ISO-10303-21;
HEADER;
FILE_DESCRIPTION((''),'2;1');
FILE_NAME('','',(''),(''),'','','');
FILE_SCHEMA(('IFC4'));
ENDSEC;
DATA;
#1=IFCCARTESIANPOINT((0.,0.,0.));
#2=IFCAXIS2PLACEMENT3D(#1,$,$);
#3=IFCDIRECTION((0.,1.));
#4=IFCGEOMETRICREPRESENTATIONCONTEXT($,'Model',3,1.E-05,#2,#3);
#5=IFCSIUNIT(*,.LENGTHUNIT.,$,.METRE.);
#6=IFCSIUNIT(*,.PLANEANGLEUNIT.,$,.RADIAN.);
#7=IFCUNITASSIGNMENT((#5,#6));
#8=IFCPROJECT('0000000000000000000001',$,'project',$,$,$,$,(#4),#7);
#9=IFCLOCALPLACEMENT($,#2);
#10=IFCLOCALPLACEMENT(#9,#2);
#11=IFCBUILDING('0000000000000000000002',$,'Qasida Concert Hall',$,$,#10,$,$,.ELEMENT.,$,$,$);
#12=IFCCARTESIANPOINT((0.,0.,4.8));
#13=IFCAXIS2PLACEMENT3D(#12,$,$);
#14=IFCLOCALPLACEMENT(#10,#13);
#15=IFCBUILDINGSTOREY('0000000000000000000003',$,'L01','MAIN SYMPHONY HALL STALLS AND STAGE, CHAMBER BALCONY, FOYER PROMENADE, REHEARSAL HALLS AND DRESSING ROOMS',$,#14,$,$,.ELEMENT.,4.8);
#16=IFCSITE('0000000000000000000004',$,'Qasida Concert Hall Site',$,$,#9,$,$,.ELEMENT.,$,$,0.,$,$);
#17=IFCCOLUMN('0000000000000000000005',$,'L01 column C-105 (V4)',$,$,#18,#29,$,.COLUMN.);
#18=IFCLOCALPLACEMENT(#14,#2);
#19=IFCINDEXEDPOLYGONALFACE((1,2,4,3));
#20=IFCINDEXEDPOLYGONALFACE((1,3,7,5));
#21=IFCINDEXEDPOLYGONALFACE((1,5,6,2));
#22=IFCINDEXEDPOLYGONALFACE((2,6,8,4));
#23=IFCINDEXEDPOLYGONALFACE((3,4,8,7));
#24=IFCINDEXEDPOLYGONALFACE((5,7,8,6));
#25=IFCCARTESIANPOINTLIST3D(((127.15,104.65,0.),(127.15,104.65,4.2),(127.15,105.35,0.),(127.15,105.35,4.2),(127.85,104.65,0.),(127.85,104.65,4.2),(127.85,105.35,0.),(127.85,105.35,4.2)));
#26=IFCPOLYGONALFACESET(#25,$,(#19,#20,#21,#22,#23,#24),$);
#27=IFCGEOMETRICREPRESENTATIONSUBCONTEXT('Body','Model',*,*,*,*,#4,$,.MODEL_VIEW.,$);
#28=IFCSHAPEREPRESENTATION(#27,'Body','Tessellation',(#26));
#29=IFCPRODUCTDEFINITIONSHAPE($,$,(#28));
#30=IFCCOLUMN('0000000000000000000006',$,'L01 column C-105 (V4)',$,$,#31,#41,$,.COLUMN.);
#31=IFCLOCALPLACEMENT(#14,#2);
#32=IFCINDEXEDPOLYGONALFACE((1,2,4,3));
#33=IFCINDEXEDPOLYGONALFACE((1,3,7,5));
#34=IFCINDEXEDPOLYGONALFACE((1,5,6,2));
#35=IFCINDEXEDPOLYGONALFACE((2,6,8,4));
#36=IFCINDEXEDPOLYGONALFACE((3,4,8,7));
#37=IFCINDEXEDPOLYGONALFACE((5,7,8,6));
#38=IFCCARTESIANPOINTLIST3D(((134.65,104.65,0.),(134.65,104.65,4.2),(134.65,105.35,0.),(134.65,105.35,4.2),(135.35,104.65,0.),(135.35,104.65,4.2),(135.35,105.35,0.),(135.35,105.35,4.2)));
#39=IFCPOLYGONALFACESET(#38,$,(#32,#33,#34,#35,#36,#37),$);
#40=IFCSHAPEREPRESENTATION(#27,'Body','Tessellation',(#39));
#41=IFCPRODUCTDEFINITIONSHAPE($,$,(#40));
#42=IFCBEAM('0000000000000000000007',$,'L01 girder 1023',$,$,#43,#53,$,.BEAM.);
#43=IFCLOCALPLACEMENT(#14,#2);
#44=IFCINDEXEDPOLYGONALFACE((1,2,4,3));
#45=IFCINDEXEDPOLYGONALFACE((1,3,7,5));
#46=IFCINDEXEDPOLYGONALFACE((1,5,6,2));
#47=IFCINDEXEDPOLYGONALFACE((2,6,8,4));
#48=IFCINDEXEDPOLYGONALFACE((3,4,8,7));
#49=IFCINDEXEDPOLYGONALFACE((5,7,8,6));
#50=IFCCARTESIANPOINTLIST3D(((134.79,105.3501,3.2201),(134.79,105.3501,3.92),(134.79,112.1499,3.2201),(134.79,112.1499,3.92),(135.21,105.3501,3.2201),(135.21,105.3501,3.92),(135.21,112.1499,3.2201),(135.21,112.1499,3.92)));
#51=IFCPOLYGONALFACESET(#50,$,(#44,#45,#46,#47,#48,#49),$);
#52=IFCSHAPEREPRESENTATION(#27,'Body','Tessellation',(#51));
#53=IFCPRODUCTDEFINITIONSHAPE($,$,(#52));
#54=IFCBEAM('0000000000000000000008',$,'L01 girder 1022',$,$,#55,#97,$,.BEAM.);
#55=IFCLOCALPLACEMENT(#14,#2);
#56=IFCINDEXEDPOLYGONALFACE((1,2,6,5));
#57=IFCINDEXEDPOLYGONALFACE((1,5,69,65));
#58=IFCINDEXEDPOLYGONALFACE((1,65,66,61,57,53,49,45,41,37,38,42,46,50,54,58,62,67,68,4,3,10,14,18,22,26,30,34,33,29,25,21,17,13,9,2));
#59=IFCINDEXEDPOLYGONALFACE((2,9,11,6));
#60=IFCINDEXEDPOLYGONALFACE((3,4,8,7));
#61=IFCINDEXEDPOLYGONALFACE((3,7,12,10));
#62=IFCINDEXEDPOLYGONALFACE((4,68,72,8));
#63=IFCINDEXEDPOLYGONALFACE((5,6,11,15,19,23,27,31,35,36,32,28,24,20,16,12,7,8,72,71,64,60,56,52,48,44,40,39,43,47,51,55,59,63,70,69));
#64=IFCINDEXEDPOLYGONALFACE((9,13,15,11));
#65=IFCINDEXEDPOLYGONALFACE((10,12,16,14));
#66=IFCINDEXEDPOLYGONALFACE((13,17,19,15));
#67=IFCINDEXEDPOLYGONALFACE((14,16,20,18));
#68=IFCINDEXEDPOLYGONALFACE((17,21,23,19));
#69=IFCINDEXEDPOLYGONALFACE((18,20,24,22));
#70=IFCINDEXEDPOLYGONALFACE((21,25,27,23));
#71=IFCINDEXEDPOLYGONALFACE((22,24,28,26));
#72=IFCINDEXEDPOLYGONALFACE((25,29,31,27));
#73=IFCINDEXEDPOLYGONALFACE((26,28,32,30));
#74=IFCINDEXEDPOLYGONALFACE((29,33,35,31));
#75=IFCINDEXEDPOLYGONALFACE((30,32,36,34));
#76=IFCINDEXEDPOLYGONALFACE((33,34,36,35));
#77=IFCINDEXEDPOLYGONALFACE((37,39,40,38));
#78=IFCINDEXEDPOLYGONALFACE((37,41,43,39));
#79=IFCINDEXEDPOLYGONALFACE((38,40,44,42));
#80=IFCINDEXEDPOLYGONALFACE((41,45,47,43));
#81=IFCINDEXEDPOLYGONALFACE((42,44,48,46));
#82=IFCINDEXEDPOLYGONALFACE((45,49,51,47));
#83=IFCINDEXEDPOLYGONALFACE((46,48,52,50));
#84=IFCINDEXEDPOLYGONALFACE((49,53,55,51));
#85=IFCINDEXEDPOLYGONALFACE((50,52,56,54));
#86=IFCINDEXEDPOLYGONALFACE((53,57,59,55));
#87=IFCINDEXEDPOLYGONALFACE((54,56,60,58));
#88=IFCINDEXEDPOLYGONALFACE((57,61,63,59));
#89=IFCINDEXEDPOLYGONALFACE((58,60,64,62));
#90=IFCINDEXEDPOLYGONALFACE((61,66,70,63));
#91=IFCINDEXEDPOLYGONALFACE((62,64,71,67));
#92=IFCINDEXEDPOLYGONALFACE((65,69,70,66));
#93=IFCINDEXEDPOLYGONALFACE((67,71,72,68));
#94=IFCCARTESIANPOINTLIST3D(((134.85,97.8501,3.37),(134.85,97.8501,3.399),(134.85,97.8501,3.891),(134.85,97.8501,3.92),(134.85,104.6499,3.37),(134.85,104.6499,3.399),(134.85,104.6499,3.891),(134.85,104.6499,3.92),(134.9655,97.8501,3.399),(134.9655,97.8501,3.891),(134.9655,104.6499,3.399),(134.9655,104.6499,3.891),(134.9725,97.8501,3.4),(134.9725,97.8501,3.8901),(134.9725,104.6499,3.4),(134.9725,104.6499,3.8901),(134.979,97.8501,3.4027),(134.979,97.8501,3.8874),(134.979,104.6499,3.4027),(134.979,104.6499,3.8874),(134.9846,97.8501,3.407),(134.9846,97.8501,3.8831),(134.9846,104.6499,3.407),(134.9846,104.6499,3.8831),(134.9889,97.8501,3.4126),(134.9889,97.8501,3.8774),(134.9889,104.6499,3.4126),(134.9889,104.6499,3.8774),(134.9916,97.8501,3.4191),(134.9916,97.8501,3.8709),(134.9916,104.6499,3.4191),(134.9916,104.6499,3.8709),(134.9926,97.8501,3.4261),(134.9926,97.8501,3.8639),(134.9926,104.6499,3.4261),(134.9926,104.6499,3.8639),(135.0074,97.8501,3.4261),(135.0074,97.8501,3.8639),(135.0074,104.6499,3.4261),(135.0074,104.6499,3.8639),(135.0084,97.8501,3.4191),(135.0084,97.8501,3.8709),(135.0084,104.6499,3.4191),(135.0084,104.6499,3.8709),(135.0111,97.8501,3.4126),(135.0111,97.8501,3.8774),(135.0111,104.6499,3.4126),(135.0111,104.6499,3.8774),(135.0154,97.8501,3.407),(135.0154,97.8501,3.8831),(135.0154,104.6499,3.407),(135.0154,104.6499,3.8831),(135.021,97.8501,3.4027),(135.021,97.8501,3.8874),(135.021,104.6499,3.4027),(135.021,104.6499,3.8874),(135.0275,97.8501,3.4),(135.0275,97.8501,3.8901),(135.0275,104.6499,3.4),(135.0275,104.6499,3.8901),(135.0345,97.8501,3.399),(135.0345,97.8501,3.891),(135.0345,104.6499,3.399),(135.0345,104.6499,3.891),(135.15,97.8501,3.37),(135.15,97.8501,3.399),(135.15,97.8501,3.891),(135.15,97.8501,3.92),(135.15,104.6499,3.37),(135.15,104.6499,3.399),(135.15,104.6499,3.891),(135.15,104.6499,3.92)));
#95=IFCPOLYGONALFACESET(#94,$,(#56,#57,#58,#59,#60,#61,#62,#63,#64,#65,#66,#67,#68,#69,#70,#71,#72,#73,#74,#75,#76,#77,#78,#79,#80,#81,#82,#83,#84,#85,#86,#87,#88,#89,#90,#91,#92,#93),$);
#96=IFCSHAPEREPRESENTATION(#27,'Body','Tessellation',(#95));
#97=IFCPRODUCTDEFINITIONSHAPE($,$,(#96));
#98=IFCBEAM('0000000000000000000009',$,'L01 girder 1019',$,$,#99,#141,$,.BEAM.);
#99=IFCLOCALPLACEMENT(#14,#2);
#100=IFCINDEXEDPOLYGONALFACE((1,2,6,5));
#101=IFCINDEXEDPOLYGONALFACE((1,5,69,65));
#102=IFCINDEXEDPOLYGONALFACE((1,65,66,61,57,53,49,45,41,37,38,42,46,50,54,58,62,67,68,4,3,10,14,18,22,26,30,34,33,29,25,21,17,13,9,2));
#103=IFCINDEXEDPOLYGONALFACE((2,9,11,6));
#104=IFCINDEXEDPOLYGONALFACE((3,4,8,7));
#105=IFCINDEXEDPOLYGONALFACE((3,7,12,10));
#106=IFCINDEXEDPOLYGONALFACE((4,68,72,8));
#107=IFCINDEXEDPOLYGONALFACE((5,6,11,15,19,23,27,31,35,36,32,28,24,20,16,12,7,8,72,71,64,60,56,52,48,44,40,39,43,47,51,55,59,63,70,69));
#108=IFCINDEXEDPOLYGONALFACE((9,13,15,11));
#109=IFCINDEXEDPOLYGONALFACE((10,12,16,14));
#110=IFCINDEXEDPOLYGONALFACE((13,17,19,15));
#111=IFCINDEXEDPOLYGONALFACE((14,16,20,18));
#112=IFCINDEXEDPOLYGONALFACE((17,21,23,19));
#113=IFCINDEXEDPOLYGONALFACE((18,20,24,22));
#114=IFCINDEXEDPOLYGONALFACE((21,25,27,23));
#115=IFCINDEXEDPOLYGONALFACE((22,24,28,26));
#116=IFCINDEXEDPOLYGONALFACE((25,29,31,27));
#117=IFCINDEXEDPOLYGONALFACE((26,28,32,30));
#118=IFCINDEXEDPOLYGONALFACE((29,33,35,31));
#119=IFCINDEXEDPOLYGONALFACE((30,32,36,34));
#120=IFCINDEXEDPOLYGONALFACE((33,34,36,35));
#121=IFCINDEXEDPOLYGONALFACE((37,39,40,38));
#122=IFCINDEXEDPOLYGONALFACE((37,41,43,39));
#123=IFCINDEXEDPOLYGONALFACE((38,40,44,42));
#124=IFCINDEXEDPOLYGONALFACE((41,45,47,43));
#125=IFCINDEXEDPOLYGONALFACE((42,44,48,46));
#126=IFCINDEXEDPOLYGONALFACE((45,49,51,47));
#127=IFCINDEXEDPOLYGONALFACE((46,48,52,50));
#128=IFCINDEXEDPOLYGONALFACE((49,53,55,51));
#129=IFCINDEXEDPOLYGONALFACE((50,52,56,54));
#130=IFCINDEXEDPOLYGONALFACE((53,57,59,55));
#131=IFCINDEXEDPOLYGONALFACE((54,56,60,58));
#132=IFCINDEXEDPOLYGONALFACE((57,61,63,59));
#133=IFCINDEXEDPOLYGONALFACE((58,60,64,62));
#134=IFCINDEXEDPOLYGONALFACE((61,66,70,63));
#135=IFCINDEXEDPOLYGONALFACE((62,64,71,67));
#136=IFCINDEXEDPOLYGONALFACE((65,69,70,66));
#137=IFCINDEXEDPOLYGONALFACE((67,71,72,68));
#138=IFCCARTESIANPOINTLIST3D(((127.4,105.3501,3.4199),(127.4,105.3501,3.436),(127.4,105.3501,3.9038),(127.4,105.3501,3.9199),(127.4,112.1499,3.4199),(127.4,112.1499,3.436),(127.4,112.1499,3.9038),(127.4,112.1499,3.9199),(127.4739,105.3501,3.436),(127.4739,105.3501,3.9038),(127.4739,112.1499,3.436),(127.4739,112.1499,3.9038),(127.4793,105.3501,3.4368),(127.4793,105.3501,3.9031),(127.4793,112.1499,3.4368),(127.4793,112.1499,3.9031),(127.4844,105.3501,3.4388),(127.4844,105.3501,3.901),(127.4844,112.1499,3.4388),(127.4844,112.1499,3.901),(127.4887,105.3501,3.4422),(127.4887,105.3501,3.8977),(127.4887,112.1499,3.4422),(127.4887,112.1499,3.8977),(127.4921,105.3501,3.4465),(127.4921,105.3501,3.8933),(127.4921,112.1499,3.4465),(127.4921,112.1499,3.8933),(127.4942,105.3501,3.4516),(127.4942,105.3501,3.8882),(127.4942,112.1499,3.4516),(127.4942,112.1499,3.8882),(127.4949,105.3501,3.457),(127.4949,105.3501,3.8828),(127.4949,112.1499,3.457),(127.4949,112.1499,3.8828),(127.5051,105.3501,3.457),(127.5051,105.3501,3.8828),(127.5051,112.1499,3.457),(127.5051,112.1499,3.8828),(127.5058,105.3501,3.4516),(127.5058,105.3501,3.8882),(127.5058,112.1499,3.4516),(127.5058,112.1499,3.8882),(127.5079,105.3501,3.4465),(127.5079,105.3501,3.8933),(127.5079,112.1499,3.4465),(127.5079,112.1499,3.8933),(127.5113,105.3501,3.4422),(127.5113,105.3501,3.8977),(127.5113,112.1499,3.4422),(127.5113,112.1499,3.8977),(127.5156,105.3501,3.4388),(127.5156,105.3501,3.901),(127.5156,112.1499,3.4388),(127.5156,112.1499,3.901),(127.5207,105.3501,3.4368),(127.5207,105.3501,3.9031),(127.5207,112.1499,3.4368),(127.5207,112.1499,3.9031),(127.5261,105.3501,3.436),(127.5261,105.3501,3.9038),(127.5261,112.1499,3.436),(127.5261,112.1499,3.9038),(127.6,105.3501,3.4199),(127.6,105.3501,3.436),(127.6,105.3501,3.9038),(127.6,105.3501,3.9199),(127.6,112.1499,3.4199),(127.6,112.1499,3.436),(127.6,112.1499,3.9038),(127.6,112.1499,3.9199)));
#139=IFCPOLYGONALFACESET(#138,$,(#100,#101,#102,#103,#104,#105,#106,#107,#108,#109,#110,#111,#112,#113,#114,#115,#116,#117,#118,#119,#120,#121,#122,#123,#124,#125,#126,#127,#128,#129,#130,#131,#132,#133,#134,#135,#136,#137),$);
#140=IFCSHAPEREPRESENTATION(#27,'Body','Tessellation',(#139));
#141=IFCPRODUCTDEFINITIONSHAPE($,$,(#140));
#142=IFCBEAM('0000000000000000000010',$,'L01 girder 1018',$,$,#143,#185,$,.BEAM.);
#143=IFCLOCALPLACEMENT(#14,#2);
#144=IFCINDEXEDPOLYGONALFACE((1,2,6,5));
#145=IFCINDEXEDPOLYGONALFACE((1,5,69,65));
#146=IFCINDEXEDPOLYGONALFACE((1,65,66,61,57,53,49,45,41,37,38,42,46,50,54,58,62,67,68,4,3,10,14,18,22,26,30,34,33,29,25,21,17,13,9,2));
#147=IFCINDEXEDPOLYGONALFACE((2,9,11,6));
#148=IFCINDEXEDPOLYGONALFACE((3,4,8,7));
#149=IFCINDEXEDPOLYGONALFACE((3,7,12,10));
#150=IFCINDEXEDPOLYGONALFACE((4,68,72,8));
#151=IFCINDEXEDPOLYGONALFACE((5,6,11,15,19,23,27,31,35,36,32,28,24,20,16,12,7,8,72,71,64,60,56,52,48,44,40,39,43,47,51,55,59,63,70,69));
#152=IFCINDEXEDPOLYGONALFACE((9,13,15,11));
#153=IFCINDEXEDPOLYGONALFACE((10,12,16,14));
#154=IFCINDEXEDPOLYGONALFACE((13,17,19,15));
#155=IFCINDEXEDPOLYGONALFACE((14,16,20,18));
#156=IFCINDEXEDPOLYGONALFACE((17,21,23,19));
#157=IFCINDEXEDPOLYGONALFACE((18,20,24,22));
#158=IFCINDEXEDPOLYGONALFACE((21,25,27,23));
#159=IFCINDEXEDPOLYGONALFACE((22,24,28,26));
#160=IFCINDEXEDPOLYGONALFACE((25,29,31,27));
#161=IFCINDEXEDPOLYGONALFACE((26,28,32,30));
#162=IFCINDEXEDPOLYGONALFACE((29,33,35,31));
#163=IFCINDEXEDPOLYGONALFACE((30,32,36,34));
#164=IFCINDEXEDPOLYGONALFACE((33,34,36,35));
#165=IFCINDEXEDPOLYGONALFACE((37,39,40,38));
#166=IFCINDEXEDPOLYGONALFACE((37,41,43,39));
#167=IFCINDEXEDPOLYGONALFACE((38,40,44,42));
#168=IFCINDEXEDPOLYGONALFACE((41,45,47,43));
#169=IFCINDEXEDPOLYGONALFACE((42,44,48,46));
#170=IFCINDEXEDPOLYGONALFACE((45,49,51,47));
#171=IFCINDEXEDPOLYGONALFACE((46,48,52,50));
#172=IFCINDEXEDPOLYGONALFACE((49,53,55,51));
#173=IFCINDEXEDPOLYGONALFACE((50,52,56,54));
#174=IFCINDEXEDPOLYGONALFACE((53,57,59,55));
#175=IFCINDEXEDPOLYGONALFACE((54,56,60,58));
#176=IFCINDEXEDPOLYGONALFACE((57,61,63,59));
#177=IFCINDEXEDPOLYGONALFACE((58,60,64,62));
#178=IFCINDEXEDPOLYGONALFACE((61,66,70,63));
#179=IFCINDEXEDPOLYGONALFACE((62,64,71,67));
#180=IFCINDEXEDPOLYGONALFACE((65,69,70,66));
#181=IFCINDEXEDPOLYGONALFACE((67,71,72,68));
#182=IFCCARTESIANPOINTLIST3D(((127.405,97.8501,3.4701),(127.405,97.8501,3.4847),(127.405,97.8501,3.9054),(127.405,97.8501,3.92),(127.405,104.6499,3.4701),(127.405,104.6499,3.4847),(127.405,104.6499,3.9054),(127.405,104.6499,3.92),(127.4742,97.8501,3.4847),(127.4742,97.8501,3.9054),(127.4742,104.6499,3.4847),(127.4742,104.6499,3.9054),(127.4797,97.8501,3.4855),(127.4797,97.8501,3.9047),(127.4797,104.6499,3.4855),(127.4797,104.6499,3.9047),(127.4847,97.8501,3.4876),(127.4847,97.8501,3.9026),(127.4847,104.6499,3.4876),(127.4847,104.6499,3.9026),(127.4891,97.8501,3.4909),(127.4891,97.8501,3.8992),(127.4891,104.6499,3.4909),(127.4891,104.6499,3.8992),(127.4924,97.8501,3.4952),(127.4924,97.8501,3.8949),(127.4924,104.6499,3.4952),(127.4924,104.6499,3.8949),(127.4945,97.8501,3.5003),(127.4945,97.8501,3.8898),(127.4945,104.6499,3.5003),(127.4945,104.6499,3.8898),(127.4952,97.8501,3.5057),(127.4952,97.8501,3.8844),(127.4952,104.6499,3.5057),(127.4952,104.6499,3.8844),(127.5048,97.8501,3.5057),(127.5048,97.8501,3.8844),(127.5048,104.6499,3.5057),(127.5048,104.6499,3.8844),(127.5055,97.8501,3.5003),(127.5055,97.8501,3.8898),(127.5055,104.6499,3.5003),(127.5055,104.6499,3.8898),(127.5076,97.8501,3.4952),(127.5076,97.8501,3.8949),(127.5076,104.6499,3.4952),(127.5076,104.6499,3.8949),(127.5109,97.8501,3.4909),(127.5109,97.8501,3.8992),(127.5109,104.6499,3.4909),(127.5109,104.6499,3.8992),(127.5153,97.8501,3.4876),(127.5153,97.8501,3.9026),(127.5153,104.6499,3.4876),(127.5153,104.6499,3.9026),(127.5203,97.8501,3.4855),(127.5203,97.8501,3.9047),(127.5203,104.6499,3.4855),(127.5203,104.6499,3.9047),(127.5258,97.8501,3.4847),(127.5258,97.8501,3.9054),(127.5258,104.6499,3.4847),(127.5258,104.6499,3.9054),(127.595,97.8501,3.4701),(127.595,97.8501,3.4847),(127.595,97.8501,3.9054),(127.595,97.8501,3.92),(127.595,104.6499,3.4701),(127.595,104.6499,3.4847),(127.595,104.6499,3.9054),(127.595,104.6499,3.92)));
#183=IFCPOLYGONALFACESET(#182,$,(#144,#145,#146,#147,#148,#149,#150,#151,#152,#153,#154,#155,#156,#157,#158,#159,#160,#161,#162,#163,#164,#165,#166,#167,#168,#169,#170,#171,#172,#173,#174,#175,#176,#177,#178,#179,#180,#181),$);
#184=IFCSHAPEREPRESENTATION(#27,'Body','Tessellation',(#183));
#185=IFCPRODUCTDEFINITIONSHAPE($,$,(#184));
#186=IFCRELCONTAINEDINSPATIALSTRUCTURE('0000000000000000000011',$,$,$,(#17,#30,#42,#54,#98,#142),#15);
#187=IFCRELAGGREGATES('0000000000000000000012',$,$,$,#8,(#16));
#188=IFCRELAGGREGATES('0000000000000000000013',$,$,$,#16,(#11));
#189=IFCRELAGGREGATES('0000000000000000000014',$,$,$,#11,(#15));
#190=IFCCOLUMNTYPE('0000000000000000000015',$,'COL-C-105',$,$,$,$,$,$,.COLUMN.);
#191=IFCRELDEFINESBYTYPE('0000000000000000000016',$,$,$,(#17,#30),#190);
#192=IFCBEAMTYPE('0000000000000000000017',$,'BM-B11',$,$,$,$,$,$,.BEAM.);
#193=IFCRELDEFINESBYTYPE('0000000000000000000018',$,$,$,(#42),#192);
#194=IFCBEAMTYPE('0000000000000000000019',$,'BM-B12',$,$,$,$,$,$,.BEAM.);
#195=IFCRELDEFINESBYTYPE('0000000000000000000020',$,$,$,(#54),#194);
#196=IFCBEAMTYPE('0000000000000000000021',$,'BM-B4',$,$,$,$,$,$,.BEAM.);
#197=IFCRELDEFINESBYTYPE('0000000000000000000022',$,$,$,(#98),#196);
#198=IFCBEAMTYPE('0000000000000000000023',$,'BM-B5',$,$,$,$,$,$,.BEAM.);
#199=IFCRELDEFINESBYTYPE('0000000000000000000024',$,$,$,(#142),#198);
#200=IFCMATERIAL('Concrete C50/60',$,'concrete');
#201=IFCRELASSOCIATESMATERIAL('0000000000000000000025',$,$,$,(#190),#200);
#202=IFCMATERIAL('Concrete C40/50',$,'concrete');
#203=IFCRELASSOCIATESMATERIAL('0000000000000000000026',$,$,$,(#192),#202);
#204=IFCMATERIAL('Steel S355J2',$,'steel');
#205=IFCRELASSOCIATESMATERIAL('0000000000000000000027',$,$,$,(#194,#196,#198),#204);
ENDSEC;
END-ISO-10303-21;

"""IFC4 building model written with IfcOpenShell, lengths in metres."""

from ifc_helpers import new_model, si_unit, direction, frame, origin, origin_2d, place, context, subcontext, project, spatial, rectangle, i_section, extrude, material, material_profile, profile_set, type_object, element, save


model = new_model("IFC4")

# Units and contexts
model_context = context("Model", 3, precision=1e-05, world=origin(), true_north=direction((0.0, 1.0)))
body_context = subcontext(model_context, "Body", "Model", "MODEL_VIEW")
ifc_project = project(units=[si_unit("LENGTHUNIT", "METRE"), si_unit("PLANEANGLEUNIT", "RADIAN")], contexts=[model_context])

# Site, building, storey
site_placement = place(None, origin())
site = spatial("IfcSite", under=ifc_project, at=site_placement, Name="Qasida Concert Hall Site", CompositionType="ELEMENT", RefElevation=0.0)
building_placement = place(site_placement, origin())
building = spatial("IfcBuilding", under=site, at=building_placement, Name="Qasida Concert Hall", CompositionType="ELEMENT")
storey_placement = place(building_placement, frame((0.0, 0.0, 4.8)))
storey = spatial("IfcBuildingStorey", under=building, at=storey_placement, Name="L01", Description="MAIN SYMPHONY HALL STALLS AND STAGE, CHAMBER BALCONY, FOYER PROMENADE, REHEARSAL HALLS AND DRESSING ROOMS", CompositionType="ELEMENT", Elevation=4.8)

# Columns
ifc_material_1 = material(Name="Concrete C50/60", Category="concrete")
ifc_material_profile_1 = material_profile(ifc_material_1, rectangle(XDim=0.7, YDim=0.7, at=origin_2d()), Name="RC 700x700")
ifc_profile_set_1 = profile_set([ifc_material_profile_1], Name="Concrete C50/60")
column_type = type_object("IfcColumnType", Name="COL-C-105", PredefinedType="COLUMN", material=ifc_profile_set_1)
for number, where, z_axis, x_axis, name in (
    (1, (127.5, 105.0, 0.0), (0.0, 0.0, 1.0), (1.0, 0.0, 0.0), "L01 column C-105 (V4)"),
    (2, (135.0, 105.0, 0.0), (0.0, 0.0, 1.0), (1.0, 0.0, 0.0), "L01 column C-105 (V4)"),
):
    element("IfcColumn", number, at=place(storey_placement, frame(where, z_axis=z_axis, x_axis=x_axis)), inside=storey, type_object=column_type, Name=name, PredefinedType="COLUMN", context=body_context, shape_type="SweptSolid", body=[
        extrude(rectangle(XDim=0.7, YDim=0.7, at=origin_2d()), origin(), (0.0, 0.0, 1.0), 4.2),
    ])

# Beams
ifc_material_2 = material(Name="Concrete C40/50", Category="concrete")
ifc_material_profile_2 = material_profile(ifc_material_2, rectangle(XDim=0.4199, YDim=0.7, at=origin_2d()), Name="RC 420x700")
ifc_profile_set_2 = profile_set([ifc_material_profile_2], Name="Concrete C40/50")
beam_type_1 = type_object("IfcBeamType", Name="BM-B11", PredefinedType="BEAM", material=ifc_profile_set_2)
beam_1_placement = place(storey_placement, frame((135.0, 105.3501, 3.5701), z_axis=(0.0, 1.0, 0.0), x_axis=(-1.0, 0.0, 0.0)))
element("IfcBeam", 3, at=beam_1_placement, inside=storey, type_object=beam_type_1, Name="L01 girder 1023", PredefinedType="BEAM", context=body_context, shape_type="SweptSolid", body=[
    extrude(rectangle(XDim=0.4199, YDim=0.7, at=origin_2d()), origin(), (0.0, 0.0, 1.0), 6.7998),
])
ifc_material_3 = material(Name="Steel S355J2", Category="steel")
ifc_material_profile_3 = material_profile(ifc_material_3, i_section(OverallWidth=0.3, OverallDepth=0.55, WebThickness=0.0149, FlangeThickness=0.0291, FilletRadius=0.0271, at=origin_2d()), Name="HEB 550")
ifc_profile_set_3 = profile_set([ifc_material_profile_3], Name="Steel S355J2")
beam_type_2 = type_object("IfcBeamType", Name="BM-B12", PredefinedType="BEAM", material=ifc_profile_set_3)
beam_2_placement = place(storey_placement, frame((135.0, 97.8501, 3.645), z_axis=(0.0, 1.0, 0.0), x_axis=(-1.0, 0.0, 0.0)))
element("IfcBeam", 4, at=beam_2_placement, inside=storey, type_object=beam_type_2, Name="L01 girder 1022", PredefinedType="BEAM", context=body_context, shape_type="SweptSolid", body=[
    extrude(i_section(OverallWidth=0.3, OverallDepth=0.55, WebThickness=0.0149, FlangeThickness=0.0291, FilletRadius=0.0271, at=origin_2d()), origin(), (0.0, 0.0, 1.0), 6.7998),
])
ifc_material_profile_4 = material_profile(ifc_material_3, i_section(OverallWidth=0.2, OverallDepth=0.5, WebThickness=0.0103, FlangeThickness=0.0161, FilletRadius=0.021, at=origin_2d()), Name="IPE 500")
ifc_profile_set_4 = profile_set([ifc_material_profile_4], Name="Steel S355J2")
beam_type_3 = type_object("IfcBeamType", Name="BM-B4", PredefinedType="BEAM", material=ifc_profile_set_4)
beam_3_placement = place(storey_placement, frame((127.5, 105.3501, 3.6699), z_axis=(0.0, 1.0, 0.0), x_axis=(-1.0, 0.0, 0.0)))
element("IfcBeam", 5, at=beam_3_placement, inside=storey, type_object=beam_type_3, Name="L01 girder 1019", PredefinedType="BEAM", context=body_context, shape_type="SweptSolid", body=[
    extrude(i_section(OverallWidth=0.2, OverallDepth=0.5, WebThickness=0.0103, FlangeThickness=0.0161, FilletRadius=0.021, at=origin_2d()), origin(), (0.0, 0.0, 1.0), 6.7998),
])
ifc_material_profile_5 = material_profile(ifc_material_3, i_section(OverallWidth=0.1899, OverallDepth=0.45, WebThickness=0.0095, FlangeThickness=0.0146, FilletRadius=0.021, at=origin_2d()), Name="IPE 450")
ifc_profile_set_5 = profile_set([ifc_material_profile_5], Name="Steel S355J2")
beam_type_4 = type_object("IfcBeamType", Name="BM-B5", PredefinedType="BEAM", material=ifc_profile_set_5)
beam_4_placement = place(storey_placement, frame((127.5, 97.8501, 3.6951), z_axis=(0.0, 1.0, 0.0), x_axis=(-1.0, 0.0, 0.0)))
element("IfcBeam", 6, at=beam_4_placement, inside=storey, type_object=beam_type_4, Name="L01 girder 1018", PredefinedType="BEAM", context=body_context, shape_type="SweptSolid", body=[
    extrude(i_section(OverallWidth=0.1899, OverallDepth=0.45, WebThickness=0.0095, FlangeThickness=0.0146, FilletRadius=0.021, at=origin_2d()), origin(), (0.0, 0.0, 1.0), 6.7998),
])

save(model, "model.ifc")
